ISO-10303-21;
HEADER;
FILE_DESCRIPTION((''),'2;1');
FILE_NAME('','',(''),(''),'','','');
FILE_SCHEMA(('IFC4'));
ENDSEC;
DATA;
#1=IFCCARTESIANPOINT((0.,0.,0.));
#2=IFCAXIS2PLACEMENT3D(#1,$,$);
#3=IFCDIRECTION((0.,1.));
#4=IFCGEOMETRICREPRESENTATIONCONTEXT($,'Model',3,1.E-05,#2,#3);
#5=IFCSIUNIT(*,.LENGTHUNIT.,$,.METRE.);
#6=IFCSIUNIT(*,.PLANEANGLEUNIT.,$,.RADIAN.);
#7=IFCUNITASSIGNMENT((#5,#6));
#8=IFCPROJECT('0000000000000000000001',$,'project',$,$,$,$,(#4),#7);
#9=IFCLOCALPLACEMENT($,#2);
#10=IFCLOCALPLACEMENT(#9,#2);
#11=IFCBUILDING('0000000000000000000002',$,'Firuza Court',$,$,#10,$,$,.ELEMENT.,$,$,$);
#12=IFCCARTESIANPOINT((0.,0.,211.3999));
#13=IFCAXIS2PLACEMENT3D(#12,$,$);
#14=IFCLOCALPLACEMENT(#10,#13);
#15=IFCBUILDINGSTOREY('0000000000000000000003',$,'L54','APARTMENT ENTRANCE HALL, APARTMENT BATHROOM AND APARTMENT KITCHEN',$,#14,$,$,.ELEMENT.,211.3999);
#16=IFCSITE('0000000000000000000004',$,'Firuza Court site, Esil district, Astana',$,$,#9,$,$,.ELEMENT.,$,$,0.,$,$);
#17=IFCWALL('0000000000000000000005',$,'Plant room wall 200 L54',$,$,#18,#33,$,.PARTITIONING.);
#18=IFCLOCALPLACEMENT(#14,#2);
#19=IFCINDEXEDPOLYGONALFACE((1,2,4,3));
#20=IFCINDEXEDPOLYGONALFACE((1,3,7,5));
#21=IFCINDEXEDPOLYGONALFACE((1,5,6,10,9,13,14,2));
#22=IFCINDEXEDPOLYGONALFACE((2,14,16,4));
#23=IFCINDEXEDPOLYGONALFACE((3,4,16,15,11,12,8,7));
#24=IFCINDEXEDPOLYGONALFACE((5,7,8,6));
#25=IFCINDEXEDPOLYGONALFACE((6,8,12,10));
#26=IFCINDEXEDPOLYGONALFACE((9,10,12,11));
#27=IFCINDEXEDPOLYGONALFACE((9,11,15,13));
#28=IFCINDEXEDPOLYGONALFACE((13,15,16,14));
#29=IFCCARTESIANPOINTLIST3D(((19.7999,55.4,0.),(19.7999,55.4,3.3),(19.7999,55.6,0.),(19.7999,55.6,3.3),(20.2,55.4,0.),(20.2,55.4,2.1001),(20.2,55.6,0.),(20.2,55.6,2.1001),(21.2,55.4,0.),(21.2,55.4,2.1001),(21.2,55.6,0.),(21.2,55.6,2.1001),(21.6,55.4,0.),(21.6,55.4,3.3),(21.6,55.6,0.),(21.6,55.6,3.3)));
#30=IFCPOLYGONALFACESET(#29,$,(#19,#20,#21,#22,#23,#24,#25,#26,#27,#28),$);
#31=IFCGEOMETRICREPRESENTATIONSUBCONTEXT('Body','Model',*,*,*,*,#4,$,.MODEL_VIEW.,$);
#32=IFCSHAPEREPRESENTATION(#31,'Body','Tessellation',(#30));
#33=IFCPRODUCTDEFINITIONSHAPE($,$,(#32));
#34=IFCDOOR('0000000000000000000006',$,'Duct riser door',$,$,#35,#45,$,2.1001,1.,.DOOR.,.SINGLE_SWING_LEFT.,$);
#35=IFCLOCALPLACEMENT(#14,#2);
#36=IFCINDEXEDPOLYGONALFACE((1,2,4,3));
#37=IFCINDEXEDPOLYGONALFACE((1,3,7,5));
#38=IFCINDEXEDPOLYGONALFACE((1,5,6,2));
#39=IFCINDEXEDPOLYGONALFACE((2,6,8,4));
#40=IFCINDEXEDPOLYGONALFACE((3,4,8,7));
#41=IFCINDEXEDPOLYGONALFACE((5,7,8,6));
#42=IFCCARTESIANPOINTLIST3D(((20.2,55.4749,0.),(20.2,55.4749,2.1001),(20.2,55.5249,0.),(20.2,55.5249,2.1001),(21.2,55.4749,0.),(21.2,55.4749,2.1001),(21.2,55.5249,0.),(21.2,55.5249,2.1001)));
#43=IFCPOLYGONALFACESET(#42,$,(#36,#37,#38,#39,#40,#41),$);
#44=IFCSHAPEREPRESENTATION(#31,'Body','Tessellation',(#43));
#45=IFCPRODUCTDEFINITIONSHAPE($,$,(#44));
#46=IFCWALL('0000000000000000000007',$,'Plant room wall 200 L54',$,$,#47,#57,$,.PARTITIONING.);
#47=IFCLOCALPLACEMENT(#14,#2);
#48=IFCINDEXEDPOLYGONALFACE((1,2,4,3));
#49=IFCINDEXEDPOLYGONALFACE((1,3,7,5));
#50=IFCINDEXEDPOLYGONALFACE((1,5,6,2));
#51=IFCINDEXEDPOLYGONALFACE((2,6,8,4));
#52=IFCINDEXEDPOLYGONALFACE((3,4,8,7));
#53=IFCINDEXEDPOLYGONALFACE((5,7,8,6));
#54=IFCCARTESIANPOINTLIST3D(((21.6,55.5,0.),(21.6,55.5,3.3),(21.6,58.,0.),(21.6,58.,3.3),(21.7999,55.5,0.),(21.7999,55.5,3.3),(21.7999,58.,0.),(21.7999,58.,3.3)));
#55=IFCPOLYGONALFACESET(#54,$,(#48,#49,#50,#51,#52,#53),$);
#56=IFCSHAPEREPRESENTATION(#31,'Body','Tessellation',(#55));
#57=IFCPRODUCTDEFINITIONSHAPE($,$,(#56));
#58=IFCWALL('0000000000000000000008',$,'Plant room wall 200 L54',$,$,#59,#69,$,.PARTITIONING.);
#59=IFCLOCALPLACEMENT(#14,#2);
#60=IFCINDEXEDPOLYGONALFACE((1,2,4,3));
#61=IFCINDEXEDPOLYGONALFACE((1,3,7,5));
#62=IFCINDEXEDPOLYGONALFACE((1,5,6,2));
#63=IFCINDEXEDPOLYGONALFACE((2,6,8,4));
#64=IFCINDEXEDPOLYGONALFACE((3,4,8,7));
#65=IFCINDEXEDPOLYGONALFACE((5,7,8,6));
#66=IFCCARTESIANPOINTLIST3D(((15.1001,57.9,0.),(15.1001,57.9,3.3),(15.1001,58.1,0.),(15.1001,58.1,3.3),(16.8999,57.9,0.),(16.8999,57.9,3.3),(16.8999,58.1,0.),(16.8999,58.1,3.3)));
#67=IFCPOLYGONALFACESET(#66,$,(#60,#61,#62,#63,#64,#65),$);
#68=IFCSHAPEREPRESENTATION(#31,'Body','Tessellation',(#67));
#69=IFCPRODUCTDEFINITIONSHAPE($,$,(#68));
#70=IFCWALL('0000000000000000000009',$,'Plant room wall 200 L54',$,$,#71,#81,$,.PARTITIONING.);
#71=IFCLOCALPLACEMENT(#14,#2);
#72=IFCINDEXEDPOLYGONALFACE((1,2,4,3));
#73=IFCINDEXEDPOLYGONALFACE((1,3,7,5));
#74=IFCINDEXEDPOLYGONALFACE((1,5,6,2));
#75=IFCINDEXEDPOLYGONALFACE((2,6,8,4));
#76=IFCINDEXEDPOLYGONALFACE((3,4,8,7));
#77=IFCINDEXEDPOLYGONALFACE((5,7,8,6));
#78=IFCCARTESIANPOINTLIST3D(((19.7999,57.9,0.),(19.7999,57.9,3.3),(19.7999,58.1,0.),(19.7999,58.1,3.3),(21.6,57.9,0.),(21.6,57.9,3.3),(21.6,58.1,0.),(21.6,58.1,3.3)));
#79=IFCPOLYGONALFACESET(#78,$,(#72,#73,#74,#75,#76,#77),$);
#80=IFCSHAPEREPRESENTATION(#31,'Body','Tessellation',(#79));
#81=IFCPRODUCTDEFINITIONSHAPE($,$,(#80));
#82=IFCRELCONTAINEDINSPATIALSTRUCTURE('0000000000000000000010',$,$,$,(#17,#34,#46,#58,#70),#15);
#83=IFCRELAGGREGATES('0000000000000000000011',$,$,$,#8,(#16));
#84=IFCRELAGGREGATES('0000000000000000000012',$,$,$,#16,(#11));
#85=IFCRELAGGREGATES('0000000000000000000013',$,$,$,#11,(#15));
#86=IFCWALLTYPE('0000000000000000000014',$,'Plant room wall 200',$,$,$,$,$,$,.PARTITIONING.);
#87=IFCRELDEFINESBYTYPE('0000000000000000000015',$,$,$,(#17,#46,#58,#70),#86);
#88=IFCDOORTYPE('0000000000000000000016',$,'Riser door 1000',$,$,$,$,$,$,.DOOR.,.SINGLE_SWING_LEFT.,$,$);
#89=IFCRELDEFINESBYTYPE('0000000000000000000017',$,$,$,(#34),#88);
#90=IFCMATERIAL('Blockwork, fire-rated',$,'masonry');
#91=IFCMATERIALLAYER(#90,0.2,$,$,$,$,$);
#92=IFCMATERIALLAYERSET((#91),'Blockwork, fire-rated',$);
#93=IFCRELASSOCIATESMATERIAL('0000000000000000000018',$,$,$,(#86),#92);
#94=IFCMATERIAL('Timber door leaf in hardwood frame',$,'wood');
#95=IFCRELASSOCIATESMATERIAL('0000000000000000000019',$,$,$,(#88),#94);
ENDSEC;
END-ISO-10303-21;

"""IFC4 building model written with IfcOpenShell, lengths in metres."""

from ifc_helpers import new_model, si_unit, direction, frame, frame_2d, origin, place, context, subcontext, project, spatial, rectangle, extrude, material, layer, layer_set, type_object, element, fill, save


model = new_model("IFC4")

# Units and contexts
model_context = context("Model", 3, precision=1e-05, world=origin(), true_north=direction((0.0, 1.0)))
body_context = subcontext(model_context, "Body", "Model", "MODEL_VIEW")
ifc_project = project(units=[si_unit("LENGTHUNIT", "METRE"), si_unit("PLANEANGLEUNIT", "RADIAN")], contexts=[model_context])

# Site, building, storey
site_placement = place(None, origin())
site = spatial("IfcSite", under=ifc_project, at=site_placement, Name="Firuza Court site, Esil district, Astana", CompositionType="ELEMENT", RefElevation=0.0)
building_placement = place(site_placement, origin())
building = spatial("IfcBuilding", under=site, at=building_placement, Name="Firuza Court", CompositionType="ELEMENT")
storey_placement = place(building_placement, frame((0.0, 0.0, 211.3999)))
storey = spatial("IfcBuildingStorey", under=building, at=storey_placement, Name="L54", Description="APARTMENT ENTRANCE HALL, APARTMENT BATHROOM AND APARTMENT KITCHEN", CompositionType="ELEMENT", Elevation=211.3999)

# Shared definitions
ifc_material_1 = material(Name="Blockwork, fire-rated", Category="masonry")
ifc_layer_1 = layer(ifc_material_1, 0.2)
ifc_layer_set_1 = layer_set([ifc_layer_1], Name="Blockwork, fire-rated")
wall_type_1 = type_object("IfcWallType", Name="Plant room wall 200", PredefinedType="PARTITIONING", material=ifc_layer_set_1)

# Wall, opening, door
wall_1_placement = place(storey_placement, frame((19.8, 55.5, 0.0), z_axis=(0.0, 0.0, 1.0), x_axis=(1.0, 0.0, 0.0)))
wall_1 = element("IfcWall", 1, at=wall_1_placement, inside=storey, type_object=wall_type_1, Name="Plant room wall 200 L54", PredefinedType="PARTITIONING", context=body_context, shape_type="SweptSolid", body=[
    extrude(rectangle(XDim=1.8, YDim=0.2, at=frame_2d((0.8999, 0.0))), origin(), (0.0, 0.0, 1.0), 3.3),
])
opening_placement = place(wall_1_placement, frame((0.3999, 0.0, 0.0)))
opening = element("IfcOpeningElement", 2, at=opening_placement, cuts=wall_1, PredefinedType="OPENING", context=body_context, shape_type="SweptSolid", body=[
    extrude(rectangle(XDim=1.0, YDim=2.1001, at=frame_2d((0.5, 1.05))), frame((0.0, 0.1118, 0.0), z_axis=(0.0, -1.0, 0.0), x_axis=(1.0, 0.0, 0.0)), (0.0, 0.0, 1.0), 0.2239),
])
ifc_material_2 = material(Name="Timber door leaf in hardwood frame", Category="wood")
door_type = type_object("IfcDoorType", Name="Riser door 1000", OperationType="SINGLE_SWING_LEFT", PredefinedType="DOOR", material=ifc_material_2)
door_placement = place(opening_placement, origin())
door = element("IfcDoor", 3, at=door_placement, inside=storey, type_object=door_type, Name="Duct riser door", OperationType="SINGLE_SWING_LEFT", OverallHeight=2.1001, OverallWidth=1.0, PredefinedType="DOOR", context=body_context, shape_type="SweptSolid", body=[
    extrude(rectangle(XDim=1.0, YDim=2.1001, at=frame_2d((0.5, 1.05))), frame((0.0, 0.0249, 0.0), z_axis=(0.0, -1.0, 0.0), x_axis=(1.0, 0.0, 0.0)), (0.0, 0.0, 1.0), 0.05),
])
fill(opening, door)

# Walls
wall_2_placement = place(storey_placement, frame((21.7, 55.5, 0.0), z_axis=(0.0, 0.0, 1.0), x_axis=(0.0, 1.0, 0.0)))
element("IfcWall", 4, at=wall_2_placement, inside=storey, type_object=wall_type_1, Name="Plant room wall 200 L54", PredefinedType="PARTITIONING", context=body_context, shape_type="SweptSolid", body=[
    extrude(rectangle(XDim=2.5, YDim=0.2, at=frame_2d((1.25, 0.0))), origin(), (0.0, 0.0, 1.0), 3.3),
])
wall_3_placement = place(storey_placement, frame((15.1001, 58.0, 0.0), z_axis=(0.0, 0.0, 1.0), x_axis=(1.0, 0.0, 0.0)))
element("IfcWall", 5, at=wall_3_placement, inside=storey, type_object=wall_type_1, Name="Plant room wall 200 L54", PredefinedType="PARTITIONING", context=body_context, shape_type="SweptSolid", body=[
    extrude(rectangle(XDim=1.7998, YDim=0.2, at=frame_2d((0.8999, 0.0))), origin(), (0.0, 0.0, 1.0), 3.3),
])
wall_4_placement = place(storey_placement, frame((19.8, 58.0, 0.0), z_axis=(0.0, 0.0, 1.0), x_axis=(1.0, 0.0, 0.0)))
element("IfcWall", 6, at=wall_4_placement, inside=storey, type_object=wall_type_1, Name="Plant room wall 200 L54", PredefinedType="PARTITIONING", context=body_context, shape_type="SweptSolid", body=[
    extrude(rectangle(XDim=1.8, YDim=0.2, at=frame_2d((0.8999, 0.0))), origin(), (0.0, 0.0, 1.0), 3.3),
])

save(model, "model.ifc")
